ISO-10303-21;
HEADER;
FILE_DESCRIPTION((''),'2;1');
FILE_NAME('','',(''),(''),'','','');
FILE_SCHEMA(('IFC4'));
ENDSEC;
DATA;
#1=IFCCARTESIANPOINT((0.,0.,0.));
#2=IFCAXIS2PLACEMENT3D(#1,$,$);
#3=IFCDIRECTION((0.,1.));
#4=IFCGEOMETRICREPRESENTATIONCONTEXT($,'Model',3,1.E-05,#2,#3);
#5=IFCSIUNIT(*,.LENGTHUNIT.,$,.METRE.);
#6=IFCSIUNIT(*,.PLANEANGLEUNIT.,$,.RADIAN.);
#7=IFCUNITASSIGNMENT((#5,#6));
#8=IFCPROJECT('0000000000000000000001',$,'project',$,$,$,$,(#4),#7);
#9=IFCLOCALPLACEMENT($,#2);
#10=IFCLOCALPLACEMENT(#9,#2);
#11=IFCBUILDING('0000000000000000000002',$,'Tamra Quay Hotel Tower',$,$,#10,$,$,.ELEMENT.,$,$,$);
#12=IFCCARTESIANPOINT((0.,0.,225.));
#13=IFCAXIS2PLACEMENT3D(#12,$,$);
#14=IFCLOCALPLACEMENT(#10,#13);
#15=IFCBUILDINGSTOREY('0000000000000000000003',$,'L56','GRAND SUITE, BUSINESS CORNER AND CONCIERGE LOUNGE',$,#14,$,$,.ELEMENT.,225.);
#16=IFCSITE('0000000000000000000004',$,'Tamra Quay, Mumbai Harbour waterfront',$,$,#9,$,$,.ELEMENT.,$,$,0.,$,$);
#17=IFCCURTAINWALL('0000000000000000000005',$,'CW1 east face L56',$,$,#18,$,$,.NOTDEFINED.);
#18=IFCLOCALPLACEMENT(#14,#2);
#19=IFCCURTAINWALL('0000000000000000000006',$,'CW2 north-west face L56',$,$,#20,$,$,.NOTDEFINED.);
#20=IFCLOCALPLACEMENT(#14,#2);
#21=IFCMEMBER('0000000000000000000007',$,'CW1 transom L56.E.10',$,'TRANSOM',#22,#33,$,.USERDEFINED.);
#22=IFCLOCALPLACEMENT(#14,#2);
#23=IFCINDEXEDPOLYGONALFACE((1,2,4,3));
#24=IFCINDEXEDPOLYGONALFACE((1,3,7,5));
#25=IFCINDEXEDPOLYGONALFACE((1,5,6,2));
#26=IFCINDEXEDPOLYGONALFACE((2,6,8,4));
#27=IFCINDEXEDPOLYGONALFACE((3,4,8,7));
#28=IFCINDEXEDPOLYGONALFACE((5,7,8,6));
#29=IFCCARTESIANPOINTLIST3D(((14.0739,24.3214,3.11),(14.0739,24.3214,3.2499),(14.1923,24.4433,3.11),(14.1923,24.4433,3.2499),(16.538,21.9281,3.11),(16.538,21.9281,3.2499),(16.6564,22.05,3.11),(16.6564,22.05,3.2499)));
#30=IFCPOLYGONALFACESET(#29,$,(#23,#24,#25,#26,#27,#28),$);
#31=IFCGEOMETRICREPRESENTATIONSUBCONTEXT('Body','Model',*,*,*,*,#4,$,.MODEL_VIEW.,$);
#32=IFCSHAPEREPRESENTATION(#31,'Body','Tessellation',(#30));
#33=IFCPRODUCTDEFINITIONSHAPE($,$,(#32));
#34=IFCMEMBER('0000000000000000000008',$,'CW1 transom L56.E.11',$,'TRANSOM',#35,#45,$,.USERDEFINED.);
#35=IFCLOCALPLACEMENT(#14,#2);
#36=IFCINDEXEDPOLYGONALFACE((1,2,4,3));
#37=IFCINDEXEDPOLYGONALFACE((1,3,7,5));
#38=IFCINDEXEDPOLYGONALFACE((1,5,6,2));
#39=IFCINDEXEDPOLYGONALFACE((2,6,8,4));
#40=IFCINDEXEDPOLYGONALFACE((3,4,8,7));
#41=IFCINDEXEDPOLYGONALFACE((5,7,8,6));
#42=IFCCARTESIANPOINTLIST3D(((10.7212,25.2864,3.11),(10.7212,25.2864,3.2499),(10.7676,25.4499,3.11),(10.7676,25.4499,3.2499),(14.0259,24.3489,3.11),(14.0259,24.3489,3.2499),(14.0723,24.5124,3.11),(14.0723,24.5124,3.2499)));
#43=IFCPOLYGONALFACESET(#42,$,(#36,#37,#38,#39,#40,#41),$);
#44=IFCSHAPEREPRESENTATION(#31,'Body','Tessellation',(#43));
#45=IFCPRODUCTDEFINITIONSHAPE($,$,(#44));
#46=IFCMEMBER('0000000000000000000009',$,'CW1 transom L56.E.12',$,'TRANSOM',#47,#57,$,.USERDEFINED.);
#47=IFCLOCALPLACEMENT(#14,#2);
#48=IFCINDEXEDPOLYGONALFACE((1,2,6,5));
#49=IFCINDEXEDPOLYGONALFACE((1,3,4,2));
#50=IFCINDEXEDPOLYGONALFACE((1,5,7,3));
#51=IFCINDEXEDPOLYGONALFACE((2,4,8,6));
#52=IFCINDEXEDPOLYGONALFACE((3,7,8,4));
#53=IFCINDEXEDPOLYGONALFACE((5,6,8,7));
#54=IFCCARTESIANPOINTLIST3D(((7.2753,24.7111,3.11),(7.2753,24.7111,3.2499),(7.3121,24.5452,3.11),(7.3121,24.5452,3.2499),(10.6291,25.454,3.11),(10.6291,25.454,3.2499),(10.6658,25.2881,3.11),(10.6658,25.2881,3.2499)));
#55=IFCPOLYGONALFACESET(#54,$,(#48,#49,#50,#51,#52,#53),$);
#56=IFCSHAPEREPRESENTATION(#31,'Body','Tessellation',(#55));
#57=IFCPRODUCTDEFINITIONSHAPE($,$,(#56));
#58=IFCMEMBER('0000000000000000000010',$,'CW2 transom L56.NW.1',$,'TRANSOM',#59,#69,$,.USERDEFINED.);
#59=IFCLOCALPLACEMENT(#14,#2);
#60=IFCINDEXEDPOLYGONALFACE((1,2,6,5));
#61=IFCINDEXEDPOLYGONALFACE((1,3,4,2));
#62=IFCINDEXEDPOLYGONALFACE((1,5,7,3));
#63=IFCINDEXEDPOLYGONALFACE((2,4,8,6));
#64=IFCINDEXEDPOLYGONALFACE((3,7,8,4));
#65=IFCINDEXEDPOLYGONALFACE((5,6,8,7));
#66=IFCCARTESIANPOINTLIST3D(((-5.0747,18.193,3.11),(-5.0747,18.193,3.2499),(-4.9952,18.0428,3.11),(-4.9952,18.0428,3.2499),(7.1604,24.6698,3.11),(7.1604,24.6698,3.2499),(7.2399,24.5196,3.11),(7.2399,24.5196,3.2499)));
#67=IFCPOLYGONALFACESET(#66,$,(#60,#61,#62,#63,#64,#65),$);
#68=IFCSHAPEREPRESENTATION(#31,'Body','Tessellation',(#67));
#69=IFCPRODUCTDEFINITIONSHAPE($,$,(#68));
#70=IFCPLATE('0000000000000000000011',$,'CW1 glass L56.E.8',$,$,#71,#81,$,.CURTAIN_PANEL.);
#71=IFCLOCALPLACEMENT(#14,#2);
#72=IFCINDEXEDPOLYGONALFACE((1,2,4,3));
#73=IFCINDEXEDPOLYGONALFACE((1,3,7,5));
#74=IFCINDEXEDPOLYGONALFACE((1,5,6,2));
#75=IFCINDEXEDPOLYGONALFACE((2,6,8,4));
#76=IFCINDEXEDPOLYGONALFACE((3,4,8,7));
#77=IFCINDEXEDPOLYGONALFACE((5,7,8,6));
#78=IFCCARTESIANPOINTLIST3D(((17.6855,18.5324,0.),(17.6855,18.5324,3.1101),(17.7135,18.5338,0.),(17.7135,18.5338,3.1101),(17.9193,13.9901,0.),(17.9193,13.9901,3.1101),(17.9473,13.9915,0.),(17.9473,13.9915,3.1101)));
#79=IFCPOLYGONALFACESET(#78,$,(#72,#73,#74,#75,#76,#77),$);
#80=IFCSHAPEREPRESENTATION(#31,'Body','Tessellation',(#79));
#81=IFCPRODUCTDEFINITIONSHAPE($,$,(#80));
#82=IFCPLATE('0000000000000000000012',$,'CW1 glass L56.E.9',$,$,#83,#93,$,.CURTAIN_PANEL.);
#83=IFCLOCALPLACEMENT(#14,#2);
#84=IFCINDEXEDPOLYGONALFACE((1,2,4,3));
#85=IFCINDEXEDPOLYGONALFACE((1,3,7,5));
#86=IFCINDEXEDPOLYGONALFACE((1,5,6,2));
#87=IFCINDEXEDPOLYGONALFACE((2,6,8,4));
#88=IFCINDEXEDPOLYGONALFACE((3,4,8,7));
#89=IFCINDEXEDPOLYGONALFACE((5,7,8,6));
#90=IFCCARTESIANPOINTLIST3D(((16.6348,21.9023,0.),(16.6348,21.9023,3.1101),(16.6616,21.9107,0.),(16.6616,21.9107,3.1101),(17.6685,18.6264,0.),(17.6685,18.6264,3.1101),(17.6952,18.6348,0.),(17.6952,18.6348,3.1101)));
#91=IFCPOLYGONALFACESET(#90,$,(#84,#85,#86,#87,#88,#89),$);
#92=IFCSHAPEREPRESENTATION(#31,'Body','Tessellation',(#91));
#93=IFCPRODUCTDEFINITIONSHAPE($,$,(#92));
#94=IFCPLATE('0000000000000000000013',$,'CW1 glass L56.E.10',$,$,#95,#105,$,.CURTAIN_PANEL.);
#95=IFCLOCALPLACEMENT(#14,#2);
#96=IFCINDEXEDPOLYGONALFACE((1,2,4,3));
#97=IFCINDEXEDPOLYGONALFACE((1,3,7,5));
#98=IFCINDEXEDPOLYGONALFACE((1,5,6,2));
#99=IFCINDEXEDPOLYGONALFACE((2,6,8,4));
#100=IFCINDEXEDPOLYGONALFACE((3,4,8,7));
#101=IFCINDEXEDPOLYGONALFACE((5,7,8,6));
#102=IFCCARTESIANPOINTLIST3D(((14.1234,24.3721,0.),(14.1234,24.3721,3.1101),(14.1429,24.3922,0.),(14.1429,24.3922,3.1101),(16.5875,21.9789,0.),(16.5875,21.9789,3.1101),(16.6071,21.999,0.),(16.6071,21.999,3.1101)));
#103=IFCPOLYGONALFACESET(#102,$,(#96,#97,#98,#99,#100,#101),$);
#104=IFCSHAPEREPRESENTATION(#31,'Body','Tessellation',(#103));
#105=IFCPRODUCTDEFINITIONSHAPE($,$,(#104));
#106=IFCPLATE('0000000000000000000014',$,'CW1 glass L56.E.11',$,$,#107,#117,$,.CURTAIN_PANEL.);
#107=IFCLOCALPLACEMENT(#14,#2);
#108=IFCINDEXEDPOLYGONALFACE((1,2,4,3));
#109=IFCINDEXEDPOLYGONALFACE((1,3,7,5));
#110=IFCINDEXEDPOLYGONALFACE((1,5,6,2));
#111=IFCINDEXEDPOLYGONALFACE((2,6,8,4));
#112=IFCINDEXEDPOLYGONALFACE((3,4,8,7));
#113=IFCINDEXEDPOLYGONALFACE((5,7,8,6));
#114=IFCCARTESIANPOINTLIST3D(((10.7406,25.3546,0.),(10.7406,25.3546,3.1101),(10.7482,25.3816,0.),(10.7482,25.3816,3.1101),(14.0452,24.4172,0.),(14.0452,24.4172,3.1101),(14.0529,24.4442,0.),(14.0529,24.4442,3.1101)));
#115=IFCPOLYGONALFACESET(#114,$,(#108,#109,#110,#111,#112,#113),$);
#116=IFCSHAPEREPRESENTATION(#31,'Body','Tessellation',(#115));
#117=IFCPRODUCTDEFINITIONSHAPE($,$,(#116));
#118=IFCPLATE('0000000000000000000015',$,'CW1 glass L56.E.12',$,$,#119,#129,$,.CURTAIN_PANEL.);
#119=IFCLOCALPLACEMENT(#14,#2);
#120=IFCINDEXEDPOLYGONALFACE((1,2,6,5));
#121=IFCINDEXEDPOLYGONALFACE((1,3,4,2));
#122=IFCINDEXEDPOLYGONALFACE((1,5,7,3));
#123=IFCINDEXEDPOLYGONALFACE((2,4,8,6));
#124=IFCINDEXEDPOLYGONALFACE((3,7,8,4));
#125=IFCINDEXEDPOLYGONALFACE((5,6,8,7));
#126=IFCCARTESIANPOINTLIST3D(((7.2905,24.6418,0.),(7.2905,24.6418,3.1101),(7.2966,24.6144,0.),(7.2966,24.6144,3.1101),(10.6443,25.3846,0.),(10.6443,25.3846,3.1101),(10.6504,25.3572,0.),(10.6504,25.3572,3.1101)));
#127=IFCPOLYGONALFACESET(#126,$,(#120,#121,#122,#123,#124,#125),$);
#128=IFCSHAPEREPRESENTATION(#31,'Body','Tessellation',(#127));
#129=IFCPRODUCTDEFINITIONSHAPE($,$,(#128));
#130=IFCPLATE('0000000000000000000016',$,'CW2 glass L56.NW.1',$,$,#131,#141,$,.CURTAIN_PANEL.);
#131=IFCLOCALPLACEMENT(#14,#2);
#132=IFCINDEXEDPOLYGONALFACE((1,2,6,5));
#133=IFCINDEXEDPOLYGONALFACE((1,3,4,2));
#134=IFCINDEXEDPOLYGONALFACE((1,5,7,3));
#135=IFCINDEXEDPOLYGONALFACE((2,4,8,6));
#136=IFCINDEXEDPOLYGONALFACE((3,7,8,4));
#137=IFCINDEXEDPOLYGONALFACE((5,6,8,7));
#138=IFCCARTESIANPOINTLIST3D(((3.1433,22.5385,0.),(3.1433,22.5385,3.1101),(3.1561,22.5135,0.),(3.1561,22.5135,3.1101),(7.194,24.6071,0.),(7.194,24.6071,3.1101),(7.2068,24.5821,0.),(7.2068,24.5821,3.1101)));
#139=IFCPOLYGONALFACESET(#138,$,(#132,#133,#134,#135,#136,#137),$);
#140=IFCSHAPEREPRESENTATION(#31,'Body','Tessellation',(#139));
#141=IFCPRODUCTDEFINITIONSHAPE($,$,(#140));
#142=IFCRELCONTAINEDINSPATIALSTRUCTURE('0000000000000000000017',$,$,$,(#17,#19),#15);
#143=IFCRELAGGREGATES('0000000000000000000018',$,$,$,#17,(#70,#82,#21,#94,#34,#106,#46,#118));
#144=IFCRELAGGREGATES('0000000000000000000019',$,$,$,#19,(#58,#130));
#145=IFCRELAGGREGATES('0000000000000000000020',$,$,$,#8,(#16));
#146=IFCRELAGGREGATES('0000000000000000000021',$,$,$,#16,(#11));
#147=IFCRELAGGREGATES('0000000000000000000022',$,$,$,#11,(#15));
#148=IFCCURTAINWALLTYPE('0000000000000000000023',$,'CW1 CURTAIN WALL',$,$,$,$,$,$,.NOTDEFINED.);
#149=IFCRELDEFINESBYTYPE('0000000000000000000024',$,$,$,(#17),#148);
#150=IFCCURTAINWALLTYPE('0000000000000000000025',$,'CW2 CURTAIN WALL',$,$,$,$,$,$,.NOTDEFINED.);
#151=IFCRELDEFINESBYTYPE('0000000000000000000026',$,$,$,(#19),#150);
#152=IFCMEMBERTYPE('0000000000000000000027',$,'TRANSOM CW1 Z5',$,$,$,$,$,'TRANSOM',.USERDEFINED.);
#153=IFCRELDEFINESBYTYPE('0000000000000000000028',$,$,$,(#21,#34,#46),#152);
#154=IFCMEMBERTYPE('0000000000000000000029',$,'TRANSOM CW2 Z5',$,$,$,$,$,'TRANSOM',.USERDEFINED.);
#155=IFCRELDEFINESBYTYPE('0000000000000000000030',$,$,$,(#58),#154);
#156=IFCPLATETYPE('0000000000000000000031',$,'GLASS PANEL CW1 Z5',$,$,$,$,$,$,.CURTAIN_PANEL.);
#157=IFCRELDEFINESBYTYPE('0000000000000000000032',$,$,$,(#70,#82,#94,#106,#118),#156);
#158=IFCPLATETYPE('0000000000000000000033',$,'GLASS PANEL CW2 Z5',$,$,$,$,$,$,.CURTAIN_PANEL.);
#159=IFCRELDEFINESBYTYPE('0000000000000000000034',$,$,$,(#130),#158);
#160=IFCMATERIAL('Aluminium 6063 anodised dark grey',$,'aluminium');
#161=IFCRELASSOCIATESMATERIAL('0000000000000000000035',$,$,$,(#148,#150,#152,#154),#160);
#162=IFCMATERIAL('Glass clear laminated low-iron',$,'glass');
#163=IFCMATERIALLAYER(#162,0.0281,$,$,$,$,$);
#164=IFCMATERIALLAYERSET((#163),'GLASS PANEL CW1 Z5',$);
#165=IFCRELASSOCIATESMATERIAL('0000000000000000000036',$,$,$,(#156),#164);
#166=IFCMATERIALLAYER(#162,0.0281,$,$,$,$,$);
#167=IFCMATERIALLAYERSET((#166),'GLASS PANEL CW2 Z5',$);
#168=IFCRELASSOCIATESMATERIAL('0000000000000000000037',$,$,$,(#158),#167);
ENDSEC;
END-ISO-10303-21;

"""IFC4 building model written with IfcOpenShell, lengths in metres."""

from ifc_helpers import new_model, si_unit, direction, frame, origin, origin_2d, place, context, subcontext, project, spatial, rectangle, extrude, material, layer, layer_set, material_profile, profile_set, type_object, element, aggregate, save


model = new_model("IFC4")

# Units and contexts
model_context = context("Model", 3, precision=1e-05, world=origin(), true_north=direction((0.0, 1.0)))
body_context = subcontext(model_context, "Body", "Model", "MODEL_VIEW")
ifc_project = project(units=[si_unit("LENGTHUNIT", "METRE"), si_unit("PLANEANGLEUNIT", "RADIAN")], contexts=[model_context])

# Site, building, storey
site_placement = place(None, origin())
site = spatial("IfcSite", under=ifc_project, at=site_placement, Name="Tamra Quay, Mumbai Harbour waterfront", CompositionType="ELEMENT", RefElevation=0.0)
building_placement = place(site_placement, origin())
building = spatial("IfcBuilding", under=site, at=building_placement, Name="Tamra Quay Hotel Tower", CompositionType="ELEMENT")
storey_placement = place(building_placement, frame((0.0, 0.0, 225.0)))
storey = spatial("IfcBuildingStorey", under=building, at=storey_placement, Name="L56", Description="GRAND SUITE, BUSINESS CORNER AND CONCIERGE LOUNGE", CompositionType="ELEMENT", Elevation=225.0)

# Curtain wall
ifc_material_1 = material(Name="Aluminium 6063 anodised dark grey", Category="aluminium")
curtain_wall_type_1 = type_object("IfcCurtainWallType", Name="CW1 CURTAIN WALL", PredefinedType="NOTDEFINED", material=ifc_material_1)
curtain_wall_1_placement = place(storey_placement, origin())
curtain_wall_1 = element("IfcCurtainWall", 1, at=curtain_wall_1_placement, inside=storey, type_object=curtain_wall_type_1, Name="CW1 east face L56", PredefinedType="NOTDEFINED")

# Curtain wall
curtain_wall_type_2 = type_object("IfcCurtainWallType", Name="CW2 CURTAIN WALL", PredefinedType="NOTDEFINED", material=ifc_material_1)
curtain_wall_2_placement = place(storey_placement, origin())
curtain_wall_2 = element("IfcCurtainWall", 2, at=curtain_wall_2_placement, inside=storey, type_object=curtain_wall_type_2, Name="CW2 north-west face L56", PredefinedType="NOTDEFINED")

# Members
ifc_material_profile_1 = material_profile(ifc_material_1, rectangle(XDim=0.1699, YDim=0.1399, at=origin_2d()), Name="TRANSOM 170X140")
ifc_profile_set_1 = profile_set([ifc_material_profile_1], Name="Aluminium 6063 anodised dark grey")
member_type_1 = type_object("IfcMemberType", Name="TRANSOM CW1 Z5", ElementType="TRANSOM", PredefinedType="USERDEFINED", material=ifc_profile_set_1)
member_1_placement = place(storey_placement, frame((16.5972, 21.989, 3.1799), z_axis=(-0.717337, 0.696726, 0.0), x_axis=(-0.696726, -0.717337, 0.0)))
member_1 = element("IfcMember", 3, at=member_1_placement, type_object=member_type_1, Name="CW1 transom L56.E.10", ObjectType="TRANSOM", PredefinedType="USERDEFINED", context=body_context, shape_type="SweptSolid", body=[
    extrude(rectangle(XDim=0.1699, YDim=0.1399, at=origin_2d()), origin(), (0.0, 0.0, 1.0), 3.4351),
])
member_2_placement = place(storey_placement, frame((14.0491, 24.4307, 3.1799), z_axis=(-0.962037, 0.272918, 0.0), x_axis=(-0.272918, -0.962037, 0.0)))
member_2 = element("IfcMember", 4, at=member_2_placement, type_object=member_type_1, Name="CW1 transom L56.E.11", ObjectType="TRANSOM", PredefinedType="USERDEFINED", context=body_context, shape_type="SweptSolid", body=[
    extrude(rectangle(XDim=0.1699, YDim=0.1399, at=origin_2d()), origin(), (0.0, 0.0, 1.0), 3.4351),
])
member_3_placement = place(storey_placement, frame((10.6475, 25.3711, 3.1799), z_axis=(-0.976332, -0.216276, 0.0), x_axis=(0.216276, -0.976332, 0.0)))
member_3 = element("IfcMember", 5, at=member_3_placement, type_object=member_type_1, Name="CW1 transom L56.E.12", ObjectType="TRANSOM", PredefinedType="USERDEFINED", context=body_context, shape_type="SweptSolid", body=[
    extrude(rectangle(XDim=0.1699, YDim=0.1399, at=origin_2d()), origin(), (0.0, 0.0, 1.0), 3.4351),
])
ifc_material_profile_2 = material_profile(ifc_material_1, rectangle(XDim=0.1699, YDim=0.1399, at=origin_2d()), Name="TRANSOM 170X140")
ifc_profile_set_2 = profile_set([ifc_material_profile_2], Name="Aluminium 6063 anodised dark grey")
member_type_2 = type_object("IfcMemberType", Name="TRANSOM CW2 Z5", ElementType="TRANSOM", PredefinedType="USERDEFINED", material=ifc_profile_set_2)
member_4_placement = place(storey_placement, frame((7.2002, 24.5947, 3.1799), z_axis=(-0.883806, -0.467854, 0.0), x_axis=(0.467854, -0.883806, 0.0)))
member_4 = element("IfcMember", 6, at=member_4_placement, type_object=member_type_2, Name="CW2 transom L56.NW.1", ObjectType="TRANSOM", PredefinedType="USERDEFINED", context=body_context, shape_type="SweptSolid", body=[
    extrude(rectangle(XDim=0.1699, YDim=0.1399, at=origin_2d()), origin(), (0.0, 0.0, 1.0), 13.8438),
])

# Plates
ifc_material_2 = material(Name="Glass clear laminated low-iron", Category="glass")
ifc_layer_1 = layer(ifc_material_2, 0.0281)
ifc_layer_set_1 = layer_set([ifc_layer_1], Name="GLASS PANEL CW1 Z5")
plate_type_1 = type_object("IfcPlateType", Name="GLASS PANEL CW1 Z5", PredefinedType="CURTAIN_PANEL", material=ifc_layer_set_1)
plate_1_placement = place(storey_placement, frame((17.8164, 16.262, 0.0), z_axis=(0.0, 0.0, 1.0), x_axis=(-0.051403, 0.998678, 0.0)))
plate_1 = element("IfcPlate", 7, at=plate_1_placement, type_object=plate_type_1, Name="CW1 glass L56.E.8", PredefinedType="CURTAIN_PANEL", context=body_context, shape_type="SweptSolid", body=[
    extrude(rectangle(XDim=4.5483, YDim=0.0281, at=origin_2d()), origin(), (0.0, 0.0, 1.0), 3.1101),
])
plate_2_placement = place(storey_placement, frame((17.165, 20.2686, 0.0), z_axis=(0.0, 0.0, 1.0), x_axis=(-0.300903, 0.953655, 0.0)))
plate_2 = element("IfcPlate", 8, at=plate_2_placement, type_object=plate_type_1, Name="CW1 glass L56.E.9", PredefinedType="CURTAIN_PANEL", context=body_context, shape_type="SweptSolid", body=[
    extrude(rectangle(XDim=3.4351, YDim=0.0281, at=origin_2d()), origin(), (0.0, 0.0, 1.0), 3.1101),
])
plate_3_placement = place(storey_placement, frame((15.3652, 23.1855, 0.0), z_axis=(0.0, 0.0, 1.0), x_axis=(-0.717364, 0.696698, 0.0)))
plate_3 = element("IfcPlate", 9, at=plate_3_placement, type_object=plate_type_1, Name="CW1 glass L56.E.10", PredefinedType="CURTAIN_PANEL", context=body_context, shape_type="SweptSolid", body=[
    extrude(rectangle(XDim=3.4351, YDim=0.0281, at=origin_2d()), origin(), (0.0, 0.0, 1.0), 3.1101),
])
plate_4_placement = place(storey_placement, frame((12.3967, 24.8994, 0.0), z_axis=(0.0, 0.0, 1.0), x_axis=(-0.962041, 0.272906, 0.0)))
plate_4 = element("IfcPlate", 10, at=plate_4_placement, type_object=plate_type_1, Name="CW1 glass L56.E.11", PredefinedType="CURTAIN_PANEL", context=body_context, shape_type="SweptSolid", body=[
    extrude(rectangle(XDim=3.4351, YDim=0.0281, at=origin_2d()), origin(), (0.0, 0.0, 1.0), 3.1101),
])
plate_5_placement = place(storey_placement, frame((8.9705, 24.9995, 0.0), z_axis=(0.0, 0.0, 1.0), x_axis=(-0.976341, -0.216238, 0.0)))
plate_5 = element("IfcPlate", 11, at=plate_5_placement, type_object=plate_type_1, Name="CW1 glass L56.E.12", PredefinedType="CURTAIN_PANEL", context=body_context, shape_type="SweptSolid", body=[
    extrude(rectangle(XDim=3.4351, YDim=0.0281, at=origin_2d()), origin(), (0.0, 0.0, 1.0), 3.1101),
])
aggregate(curtain_wall_1, [plate_1, plate_2, member_1, plate_3, member_2, plate_4, member_3, plate_5])
ifc_layer_2 = layer(ifc_material_2, 0.0281)
ifc_layer_set_2 = layer_set([ifc_layer_2], Name="GLASS PANEL CW2 Z5")
plate_type_2 = type_object("IfcPlateType", Name="GLASS PANEL CW2 Z5", PredefinedType="CURTAIN_PANEL", material=ifc_layer_set_2)
plate_6_placement = place(storey_placement, frame((5.175, 23.5603, 0.0), z_axis=(0.0, 0.0, 1.0), x_axis=(-0.890582, -0.454822, 0.0)))
plate_6 = element("IfcPlate", 12, at=plate_6_placement, type_object=plate_type_2, Name="CW2 glass L56.NW.1", PredefinedType="CURTAIN_PANEL", context=body_context, shape_type="SweptSolid", body=[
    extrude(rectangle(XDim=4.5483, YDim=0.0281, at=origin_2d()), origin(), (0.0, 0.0, 1.0), 3.1101),
])
aggregate(curtain_wall_2, [member_4, plate_6])

save(model, "model.ifc")
